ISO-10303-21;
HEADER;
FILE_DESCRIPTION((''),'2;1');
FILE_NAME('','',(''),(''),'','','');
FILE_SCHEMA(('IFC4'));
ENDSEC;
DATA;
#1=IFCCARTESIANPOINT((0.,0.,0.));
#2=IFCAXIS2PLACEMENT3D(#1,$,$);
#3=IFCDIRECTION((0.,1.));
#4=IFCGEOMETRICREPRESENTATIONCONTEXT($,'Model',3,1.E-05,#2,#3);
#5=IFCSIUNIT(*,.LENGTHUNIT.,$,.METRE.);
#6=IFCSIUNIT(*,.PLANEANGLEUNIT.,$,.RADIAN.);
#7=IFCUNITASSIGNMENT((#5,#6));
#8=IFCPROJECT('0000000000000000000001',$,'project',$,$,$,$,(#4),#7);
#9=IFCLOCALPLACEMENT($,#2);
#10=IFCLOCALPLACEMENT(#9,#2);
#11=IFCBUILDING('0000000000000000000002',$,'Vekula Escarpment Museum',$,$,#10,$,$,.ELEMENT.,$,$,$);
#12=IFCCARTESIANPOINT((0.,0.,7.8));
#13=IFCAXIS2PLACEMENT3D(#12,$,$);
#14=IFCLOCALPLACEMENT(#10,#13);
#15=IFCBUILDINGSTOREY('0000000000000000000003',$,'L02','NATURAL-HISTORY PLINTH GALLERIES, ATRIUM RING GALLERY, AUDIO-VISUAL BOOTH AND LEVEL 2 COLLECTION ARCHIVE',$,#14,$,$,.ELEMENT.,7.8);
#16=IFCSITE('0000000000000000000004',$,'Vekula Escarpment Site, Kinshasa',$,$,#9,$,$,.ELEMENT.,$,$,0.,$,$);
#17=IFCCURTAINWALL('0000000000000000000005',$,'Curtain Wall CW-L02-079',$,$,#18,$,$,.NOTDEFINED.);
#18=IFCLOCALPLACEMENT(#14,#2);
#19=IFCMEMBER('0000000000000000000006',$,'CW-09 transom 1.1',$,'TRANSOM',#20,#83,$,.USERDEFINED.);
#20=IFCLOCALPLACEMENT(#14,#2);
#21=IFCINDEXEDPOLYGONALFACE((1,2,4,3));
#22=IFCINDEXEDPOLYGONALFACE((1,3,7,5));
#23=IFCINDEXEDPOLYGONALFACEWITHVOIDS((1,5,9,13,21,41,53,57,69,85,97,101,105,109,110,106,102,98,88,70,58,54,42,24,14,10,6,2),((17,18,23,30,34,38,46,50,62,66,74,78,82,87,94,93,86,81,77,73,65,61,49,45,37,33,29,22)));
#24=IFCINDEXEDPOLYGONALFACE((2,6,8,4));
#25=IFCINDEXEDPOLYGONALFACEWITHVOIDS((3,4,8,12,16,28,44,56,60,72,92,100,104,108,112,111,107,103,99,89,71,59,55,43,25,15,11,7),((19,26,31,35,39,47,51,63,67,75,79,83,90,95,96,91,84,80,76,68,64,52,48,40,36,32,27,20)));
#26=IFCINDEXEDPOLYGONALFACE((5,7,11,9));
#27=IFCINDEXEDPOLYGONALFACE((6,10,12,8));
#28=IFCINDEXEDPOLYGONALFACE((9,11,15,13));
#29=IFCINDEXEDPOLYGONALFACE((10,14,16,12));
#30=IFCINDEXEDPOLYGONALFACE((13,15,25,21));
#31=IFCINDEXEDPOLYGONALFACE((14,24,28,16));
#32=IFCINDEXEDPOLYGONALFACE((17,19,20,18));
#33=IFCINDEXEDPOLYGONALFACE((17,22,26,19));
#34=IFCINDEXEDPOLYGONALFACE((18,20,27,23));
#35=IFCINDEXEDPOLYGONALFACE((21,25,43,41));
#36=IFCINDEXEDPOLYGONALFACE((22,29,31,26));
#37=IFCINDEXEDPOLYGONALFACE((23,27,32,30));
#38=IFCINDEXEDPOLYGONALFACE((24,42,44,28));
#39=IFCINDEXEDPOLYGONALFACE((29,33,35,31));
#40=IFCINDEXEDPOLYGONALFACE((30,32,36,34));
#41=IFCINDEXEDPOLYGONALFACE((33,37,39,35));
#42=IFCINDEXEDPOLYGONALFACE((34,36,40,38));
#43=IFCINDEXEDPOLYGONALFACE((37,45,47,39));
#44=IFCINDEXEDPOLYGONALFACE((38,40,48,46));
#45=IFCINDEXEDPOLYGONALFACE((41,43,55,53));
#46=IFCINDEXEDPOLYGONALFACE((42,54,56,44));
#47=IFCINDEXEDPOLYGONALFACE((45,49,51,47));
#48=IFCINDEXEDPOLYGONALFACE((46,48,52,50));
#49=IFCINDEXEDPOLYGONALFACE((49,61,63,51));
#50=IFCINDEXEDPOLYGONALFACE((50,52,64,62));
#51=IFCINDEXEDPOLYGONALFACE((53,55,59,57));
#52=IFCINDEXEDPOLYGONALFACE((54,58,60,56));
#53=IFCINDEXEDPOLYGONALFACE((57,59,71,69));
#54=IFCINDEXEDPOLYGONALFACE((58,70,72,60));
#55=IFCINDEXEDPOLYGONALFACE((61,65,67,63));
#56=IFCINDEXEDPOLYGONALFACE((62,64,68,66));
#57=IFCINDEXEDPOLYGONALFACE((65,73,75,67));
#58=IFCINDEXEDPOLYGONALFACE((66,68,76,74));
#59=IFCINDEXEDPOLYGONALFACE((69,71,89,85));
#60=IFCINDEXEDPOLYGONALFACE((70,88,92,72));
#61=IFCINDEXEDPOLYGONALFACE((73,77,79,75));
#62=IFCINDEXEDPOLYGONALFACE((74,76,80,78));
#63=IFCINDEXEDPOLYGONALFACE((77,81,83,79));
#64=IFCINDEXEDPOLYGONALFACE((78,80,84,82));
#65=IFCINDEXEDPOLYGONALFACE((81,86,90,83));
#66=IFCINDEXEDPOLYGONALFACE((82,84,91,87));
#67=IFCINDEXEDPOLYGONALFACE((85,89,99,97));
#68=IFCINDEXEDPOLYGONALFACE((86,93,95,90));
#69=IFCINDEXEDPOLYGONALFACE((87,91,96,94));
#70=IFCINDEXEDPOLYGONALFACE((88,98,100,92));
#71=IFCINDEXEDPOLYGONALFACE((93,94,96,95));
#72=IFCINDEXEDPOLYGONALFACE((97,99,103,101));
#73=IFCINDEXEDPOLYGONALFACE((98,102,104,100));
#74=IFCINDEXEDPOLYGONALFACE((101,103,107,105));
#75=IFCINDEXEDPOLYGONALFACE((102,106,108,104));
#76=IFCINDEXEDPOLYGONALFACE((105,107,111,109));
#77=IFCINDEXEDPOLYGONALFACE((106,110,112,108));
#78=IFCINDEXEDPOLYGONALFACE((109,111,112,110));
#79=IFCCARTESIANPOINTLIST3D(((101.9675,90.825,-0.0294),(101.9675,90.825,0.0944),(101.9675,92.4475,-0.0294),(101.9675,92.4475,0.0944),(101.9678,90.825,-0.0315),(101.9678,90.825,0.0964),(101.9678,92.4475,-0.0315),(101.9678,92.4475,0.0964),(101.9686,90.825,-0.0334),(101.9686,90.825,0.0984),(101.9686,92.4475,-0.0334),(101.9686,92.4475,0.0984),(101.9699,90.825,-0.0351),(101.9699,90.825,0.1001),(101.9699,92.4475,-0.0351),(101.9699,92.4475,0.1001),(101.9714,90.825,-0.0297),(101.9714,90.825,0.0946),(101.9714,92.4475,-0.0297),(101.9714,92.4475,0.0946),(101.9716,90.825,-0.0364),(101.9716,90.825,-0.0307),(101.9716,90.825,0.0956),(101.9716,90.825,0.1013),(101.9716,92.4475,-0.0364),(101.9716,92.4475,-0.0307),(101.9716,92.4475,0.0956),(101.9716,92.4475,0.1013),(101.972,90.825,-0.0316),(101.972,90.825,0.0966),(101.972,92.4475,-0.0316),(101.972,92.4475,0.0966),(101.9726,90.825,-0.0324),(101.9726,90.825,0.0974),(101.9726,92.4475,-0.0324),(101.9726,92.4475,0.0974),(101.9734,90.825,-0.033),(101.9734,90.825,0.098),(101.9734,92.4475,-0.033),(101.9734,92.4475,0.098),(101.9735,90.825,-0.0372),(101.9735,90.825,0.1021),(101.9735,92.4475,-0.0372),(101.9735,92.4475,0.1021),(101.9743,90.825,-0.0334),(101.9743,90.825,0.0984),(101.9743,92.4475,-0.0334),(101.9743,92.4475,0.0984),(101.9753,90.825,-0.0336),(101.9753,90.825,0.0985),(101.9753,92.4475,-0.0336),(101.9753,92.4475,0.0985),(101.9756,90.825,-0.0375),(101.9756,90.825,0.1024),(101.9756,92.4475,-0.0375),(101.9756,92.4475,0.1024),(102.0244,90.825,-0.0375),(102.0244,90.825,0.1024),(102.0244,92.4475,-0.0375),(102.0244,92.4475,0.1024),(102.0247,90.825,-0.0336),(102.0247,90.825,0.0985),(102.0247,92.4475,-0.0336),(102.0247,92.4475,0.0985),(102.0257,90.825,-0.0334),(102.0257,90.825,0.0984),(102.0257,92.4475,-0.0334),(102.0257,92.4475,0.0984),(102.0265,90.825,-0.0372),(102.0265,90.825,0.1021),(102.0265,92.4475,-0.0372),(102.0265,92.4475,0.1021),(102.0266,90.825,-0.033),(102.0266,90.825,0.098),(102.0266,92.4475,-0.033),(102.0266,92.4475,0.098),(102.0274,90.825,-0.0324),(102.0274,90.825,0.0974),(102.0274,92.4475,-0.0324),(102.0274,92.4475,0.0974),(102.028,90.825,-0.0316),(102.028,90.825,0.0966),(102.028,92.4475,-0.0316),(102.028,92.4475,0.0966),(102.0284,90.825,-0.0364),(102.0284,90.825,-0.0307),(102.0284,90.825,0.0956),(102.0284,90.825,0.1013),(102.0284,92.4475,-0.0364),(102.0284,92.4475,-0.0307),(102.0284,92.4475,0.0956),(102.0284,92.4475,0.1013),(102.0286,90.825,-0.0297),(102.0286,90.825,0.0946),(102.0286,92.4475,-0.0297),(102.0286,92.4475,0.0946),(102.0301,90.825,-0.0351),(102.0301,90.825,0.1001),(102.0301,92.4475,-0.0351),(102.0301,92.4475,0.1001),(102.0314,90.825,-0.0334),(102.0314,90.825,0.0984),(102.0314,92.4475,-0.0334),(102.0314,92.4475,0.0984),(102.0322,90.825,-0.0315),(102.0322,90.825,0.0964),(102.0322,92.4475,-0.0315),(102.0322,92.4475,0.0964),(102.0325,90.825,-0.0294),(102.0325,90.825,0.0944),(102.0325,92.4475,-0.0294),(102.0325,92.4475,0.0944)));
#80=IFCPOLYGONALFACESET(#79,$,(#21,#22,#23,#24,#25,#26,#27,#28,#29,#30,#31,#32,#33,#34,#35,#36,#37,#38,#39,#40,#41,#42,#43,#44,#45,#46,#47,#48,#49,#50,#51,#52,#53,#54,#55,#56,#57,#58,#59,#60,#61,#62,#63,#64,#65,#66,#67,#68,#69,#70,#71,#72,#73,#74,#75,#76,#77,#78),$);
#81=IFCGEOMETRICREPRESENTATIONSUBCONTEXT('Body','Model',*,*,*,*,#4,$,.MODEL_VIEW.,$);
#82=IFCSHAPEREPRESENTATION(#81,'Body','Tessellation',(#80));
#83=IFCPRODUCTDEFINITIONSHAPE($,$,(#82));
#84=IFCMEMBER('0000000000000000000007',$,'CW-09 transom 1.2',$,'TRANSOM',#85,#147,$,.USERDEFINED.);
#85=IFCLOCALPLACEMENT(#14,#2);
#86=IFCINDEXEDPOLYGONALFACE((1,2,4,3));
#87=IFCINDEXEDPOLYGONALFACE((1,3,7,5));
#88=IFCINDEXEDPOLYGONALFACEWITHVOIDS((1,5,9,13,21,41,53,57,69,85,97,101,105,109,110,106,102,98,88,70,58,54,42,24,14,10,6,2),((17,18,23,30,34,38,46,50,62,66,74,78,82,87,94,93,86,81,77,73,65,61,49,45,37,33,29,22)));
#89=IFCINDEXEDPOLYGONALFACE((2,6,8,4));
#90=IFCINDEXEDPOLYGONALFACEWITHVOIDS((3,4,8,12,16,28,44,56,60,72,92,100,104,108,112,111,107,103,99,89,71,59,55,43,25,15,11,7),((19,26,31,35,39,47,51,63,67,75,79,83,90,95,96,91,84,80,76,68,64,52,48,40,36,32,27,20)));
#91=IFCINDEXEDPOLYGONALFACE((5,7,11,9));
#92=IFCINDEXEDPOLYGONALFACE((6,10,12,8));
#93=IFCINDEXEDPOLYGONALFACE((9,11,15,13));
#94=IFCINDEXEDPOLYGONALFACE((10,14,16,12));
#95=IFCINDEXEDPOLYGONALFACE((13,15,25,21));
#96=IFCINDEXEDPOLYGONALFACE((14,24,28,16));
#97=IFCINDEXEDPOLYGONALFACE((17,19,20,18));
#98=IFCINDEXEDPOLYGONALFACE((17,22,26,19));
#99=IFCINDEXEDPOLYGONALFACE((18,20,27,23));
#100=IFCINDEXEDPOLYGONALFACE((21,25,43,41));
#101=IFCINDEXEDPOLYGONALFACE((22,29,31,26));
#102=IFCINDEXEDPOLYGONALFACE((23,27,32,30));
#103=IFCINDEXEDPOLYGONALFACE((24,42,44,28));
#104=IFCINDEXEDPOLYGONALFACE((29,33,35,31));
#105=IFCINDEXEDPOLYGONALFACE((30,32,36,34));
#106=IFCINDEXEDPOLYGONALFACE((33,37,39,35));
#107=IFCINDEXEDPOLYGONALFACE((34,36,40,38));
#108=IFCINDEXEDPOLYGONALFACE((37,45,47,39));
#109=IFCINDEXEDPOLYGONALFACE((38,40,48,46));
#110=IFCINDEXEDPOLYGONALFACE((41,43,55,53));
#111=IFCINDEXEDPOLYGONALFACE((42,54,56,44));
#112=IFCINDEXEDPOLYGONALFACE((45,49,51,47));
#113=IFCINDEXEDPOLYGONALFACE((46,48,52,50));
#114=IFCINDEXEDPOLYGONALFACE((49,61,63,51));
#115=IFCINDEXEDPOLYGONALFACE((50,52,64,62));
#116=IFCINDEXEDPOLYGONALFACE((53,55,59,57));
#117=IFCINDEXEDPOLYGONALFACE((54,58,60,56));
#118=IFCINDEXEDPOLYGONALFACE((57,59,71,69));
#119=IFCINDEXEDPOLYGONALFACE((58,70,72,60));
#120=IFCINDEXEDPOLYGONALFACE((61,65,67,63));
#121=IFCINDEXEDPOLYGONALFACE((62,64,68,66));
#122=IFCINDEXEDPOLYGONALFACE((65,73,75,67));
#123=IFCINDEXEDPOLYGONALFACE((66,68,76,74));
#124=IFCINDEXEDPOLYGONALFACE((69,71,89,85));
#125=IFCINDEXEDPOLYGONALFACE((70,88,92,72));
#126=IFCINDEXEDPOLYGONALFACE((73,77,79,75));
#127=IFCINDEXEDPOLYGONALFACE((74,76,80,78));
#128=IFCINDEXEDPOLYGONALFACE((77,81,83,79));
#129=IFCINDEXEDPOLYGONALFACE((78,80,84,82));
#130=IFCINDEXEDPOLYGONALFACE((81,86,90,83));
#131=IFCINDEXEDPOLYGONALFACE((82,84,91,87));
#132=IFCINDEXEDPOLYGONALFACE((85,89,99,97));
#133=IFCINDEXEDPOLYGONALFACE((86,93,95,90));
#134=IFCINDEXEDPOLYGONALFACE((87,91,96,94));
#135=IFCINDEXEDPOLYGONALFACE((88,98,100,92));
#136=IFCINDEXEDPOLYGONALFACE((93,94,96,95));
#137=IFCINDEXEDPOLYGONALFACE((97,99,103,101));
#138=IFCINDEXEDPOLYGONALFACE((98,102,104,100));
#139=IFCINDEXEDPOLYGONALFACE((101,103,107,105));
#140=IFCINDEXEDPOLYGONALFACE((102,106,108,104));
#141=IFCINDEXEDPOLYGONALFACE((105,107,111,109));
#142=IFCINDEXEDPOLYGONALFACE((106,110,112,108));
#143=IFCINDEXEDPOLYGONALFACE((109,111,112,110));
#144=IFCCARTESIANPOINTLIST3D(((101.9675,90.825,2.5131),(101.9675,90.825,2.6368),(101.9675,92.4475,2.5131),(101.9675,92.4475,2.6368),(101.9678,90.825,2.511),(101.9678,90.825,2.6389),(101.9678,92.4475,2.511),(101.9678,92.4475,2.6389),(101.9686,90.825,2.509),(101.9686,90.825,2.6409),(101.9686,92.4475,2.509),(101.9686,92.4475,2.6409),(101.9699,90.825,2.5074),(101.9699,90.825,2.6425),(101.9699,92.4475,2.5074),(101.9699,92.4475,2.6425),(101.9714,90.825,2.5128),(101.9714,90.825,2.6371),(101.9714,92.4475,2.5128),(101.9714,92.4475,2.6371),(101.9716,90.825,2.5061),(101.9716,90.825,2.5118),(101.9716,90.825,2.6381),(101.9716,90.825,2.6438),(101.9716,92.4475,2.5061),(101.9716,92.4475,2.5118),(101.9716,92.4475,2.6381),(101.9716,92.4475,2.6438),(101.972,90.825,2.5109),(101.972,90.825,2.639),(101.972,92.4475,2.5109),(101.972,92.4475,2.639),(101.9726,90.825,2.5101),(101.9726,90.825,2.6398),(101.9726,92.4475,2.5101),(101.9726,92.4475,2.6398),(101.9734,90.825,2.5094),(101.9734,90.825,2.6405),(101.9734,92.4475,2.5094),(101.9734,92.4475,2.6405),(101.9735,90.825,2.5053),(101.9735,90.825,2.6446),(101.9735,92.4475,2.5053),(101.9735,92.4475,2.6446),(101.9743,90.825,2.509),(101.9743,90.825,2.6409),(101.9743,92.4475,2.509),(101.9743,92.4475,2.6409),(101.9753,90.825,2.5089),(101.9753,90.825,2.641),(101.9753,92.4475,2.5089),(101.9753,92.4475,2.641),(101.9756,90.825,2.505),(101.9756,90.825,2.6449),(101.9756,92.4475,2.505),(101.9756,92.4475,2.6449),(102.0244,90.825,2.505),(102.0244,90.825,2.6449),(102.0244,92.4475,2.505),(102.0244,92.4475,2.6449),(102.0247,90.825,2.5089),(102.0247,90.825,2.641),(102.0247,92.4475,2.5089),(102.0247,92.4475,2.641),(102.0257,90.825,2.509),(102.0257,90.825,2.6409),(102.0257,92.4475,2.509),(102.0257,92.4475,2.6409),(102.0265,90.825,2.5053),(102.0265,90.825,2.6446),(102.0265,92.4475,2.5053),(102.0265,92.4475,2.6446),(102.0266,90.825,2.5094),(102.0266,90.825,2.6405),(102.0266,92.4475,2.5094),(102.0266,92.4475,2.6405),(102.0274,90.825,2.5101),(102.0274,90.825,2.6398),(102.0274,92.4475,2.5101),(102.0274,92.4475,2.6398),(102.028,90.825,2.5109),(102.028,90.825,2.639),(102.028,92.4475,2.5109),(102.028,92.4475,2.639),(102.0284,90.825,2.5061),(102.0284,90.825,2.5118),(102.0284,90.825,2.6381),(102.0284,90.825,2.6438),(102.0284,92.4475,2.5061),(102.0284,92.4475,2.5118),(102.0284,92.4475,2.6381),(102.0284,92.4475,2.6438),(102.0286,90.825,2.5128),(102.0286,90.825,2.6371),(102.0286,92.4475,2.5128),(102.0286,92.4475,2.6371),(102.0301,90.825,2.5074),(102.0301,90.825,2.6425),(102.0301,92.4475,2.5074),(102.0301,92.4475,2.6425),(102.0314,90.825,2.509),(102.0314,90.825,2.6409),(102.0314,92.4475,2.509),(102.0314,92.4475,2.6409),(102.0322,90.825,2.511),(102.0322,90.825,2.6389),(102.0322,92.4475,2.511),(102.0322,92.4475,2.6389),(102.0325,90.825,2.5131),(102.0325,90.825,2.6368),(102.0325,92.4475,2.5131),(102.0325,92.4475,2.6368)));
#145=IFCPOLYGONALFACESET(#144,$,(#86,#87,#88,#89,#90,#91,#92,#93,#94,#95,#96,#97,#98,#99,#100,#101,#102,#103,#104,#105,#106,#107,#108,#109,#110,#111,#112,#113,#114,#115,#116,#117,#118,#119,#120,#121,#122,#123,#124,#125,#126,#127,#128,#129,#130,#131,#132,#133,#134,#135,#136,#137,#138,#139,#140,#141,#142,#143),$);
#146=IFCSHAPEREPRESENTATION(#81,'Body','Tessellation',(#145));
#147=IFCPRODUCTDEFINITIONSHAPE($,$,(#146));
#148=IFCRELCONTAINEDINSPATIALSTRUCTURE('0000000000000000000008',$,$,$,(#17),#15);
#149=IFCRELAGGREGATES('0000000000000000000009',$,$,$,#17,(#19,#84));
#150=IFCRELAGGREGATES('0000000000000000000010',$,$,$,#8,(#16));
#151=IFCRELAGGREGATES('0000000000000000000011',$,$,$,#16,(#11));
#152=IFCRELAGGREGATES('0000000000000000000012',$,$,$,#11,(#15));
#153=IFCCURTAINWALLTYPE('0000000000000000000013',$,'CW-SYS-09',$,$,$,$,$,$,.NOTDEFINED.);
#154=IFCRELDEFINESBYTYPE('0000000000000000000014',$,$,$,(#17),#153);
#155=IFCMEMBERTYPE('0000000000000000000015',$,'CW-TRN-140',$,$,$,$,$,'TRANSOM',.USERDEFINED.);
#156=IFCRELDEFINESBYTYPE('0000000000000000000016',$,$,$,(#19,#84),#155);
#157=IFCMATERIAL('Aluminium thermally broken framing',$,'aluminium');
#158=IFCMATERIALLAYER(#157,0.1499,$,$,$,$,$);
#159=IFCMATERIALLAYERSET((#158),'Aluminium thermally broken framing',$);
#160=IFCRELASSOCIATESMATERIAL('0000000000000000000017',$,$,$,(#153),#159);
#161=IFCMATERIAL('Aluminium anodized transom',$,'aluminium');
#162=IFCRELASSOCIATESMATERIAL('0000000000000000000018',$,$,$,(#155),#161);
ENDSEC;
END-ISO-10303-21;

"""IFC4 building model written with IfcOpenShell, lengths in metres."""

from ifc_helpers import new_model, si_unit, direction, frame, origin, origin_2d, place, context, subcontext, project, spatial, hollow_rectangle, extrude, material, layer, layer_set, material_profile, profile_set, type_object, element, aggregate, save


model = new_model("IFC4")

# Units and contexts
model_context = context("Model", 3, precision=1e-05, world=origin(), true_north=direction((0.0, 1.0)))
body_context = subcontext(model_context, "Body", "Model", "MODEL_VIEW")
ifc_project = project(units=[si_unit("LENGTHUNIT", "METRE"), si_unit("PLANEANGLEUNIT", "RADIAN")], contexts=[model_context])

# Site, building, storey
site_placement = place(None, origin())
site = spatial("IfcSite", under=ifc_project, at=site_placement, Name="Vekula Escarpment Site, Kinshasa", CompositionType="ELEMENT", RefElevation=0.0)
building_placement = place(site_placement, origin())
building = spatial("IfcBuilding", under=site, at=building_placement, Name="Vekula Escarpment Museum", CompositionType="ELEMENT")
storey_placement = place(building_placement, frame((0.0, 0.0, 7.8)))
storey = spatial("IfcBuildingStorey", under=building, at=storey_placement, Name="L02", Description="NATURAL-HISTORY PLINTH GALLERIES, ATRIUM RING GALLERY, AUDIO-VISUAL BOOTH AND LEVEL 2 COLLECTION ARCHIVE", CompositionType="ELEMENT", Elevation=7.8)

# Curtain wall
ifc_material_1 = material(Name="Aluminium thermally broken framing", Category="aluminium")
ifc_layer_1 = layer(ifc_material_1, 0.1499)
ifc_layer_set_1 = layer_set([ifc_layer_1], Name="Aluminium thermally broken framing")
curtain_wall_type_1 = type_object("IfcCurtainWallType", Name="CW-SYS-09", PredefinedType="NOTDEFINED", material=ifc_layer_set_1)
curtain_wall_1_placement = place(storey_placement, origin())
curtain_wall_1 = element("IfcCurtainWall", 1, at=curtain_wall_1_placement, inside=storey, type_object=curtain_wall_type_1, Name="Curtain Wall CW-L02-079", PredefinedType="NOTDEFINED")

# Members
ifc_material_2 = material(Name="Aluminium anodized transom", Category="aluminium")
ifc_material_profile_1 = material_profile(ifc_material_2, hollow_rectangle(XDim=0.0649, YDim=0.1399, WallThickness=0.0039, InnerFilletRadius=0.0039, OuterFilletRadius=0.0081, at=origin_2d()), Name="ALU 140x65x4")
ifc_profile_set_1 = profile_set([ifc_material_profile_1], Name="Aluminium anodized transom")
member_type_1 = type_object("IfcMemberType", Name="CW-TRN-140", ElementType="TRANSOM", PredefinedType="USERDEFINED", material=ifc_profile_set_1)
member_1_placement = place(storey_placement, frame((102.0, 90.825, 0.0325), z_axis=(0.0, 1.0, 0.0), x_axis=(-1.0, 0.0, 0.0)))
member_1 = element("IfcMember", 2, at=member_1_placement, type_object=member_type_1, Name="CW-09 transom 1.1", ObjectType="TRANSOM", PredefinedType="USERDEFINED", context=body_context, shape_type="SweptSolid", body=[
    extrude(hollow_rectangle(XDim=0.0649, YDim=0.1399, WallThickness=0.0039, InnerFilletRadius=0.0039, OuterFilletRadius=0.0081, at=origin_2d()), origin(), (0.0, 0.0, 1.0), 1.6226),
])
member_2_placement = place(storey_placement, frame((102.0, 90.825, 2.575), z_axis=(0.0, 1.0, 0.0), x_axis=(-1.0, 0.0, 0.0)))
member_2 = element("IfcMember", 3, at=member_2_placement, type_object=member_type_1, Name="CW-09 transom 1.2", ObjectType="TRANSOM", PredefinedType="USERDEFINED", context=body_context, shape_type="SweptSolid", body=[
    extrude(hollow_rectangle(XDim=0.0649, YDim=0.1399, WallThickness=0.0039, InnerFilletRadius=0.0039, OuterFilletRadius=0.0081, at=origin_2d()), origin(), (0.0, 0.0, 1.0), 1.6226),
])

aggregate(curtain_wall_1, [member_1, member_2])

save(model, "model.ifc")
